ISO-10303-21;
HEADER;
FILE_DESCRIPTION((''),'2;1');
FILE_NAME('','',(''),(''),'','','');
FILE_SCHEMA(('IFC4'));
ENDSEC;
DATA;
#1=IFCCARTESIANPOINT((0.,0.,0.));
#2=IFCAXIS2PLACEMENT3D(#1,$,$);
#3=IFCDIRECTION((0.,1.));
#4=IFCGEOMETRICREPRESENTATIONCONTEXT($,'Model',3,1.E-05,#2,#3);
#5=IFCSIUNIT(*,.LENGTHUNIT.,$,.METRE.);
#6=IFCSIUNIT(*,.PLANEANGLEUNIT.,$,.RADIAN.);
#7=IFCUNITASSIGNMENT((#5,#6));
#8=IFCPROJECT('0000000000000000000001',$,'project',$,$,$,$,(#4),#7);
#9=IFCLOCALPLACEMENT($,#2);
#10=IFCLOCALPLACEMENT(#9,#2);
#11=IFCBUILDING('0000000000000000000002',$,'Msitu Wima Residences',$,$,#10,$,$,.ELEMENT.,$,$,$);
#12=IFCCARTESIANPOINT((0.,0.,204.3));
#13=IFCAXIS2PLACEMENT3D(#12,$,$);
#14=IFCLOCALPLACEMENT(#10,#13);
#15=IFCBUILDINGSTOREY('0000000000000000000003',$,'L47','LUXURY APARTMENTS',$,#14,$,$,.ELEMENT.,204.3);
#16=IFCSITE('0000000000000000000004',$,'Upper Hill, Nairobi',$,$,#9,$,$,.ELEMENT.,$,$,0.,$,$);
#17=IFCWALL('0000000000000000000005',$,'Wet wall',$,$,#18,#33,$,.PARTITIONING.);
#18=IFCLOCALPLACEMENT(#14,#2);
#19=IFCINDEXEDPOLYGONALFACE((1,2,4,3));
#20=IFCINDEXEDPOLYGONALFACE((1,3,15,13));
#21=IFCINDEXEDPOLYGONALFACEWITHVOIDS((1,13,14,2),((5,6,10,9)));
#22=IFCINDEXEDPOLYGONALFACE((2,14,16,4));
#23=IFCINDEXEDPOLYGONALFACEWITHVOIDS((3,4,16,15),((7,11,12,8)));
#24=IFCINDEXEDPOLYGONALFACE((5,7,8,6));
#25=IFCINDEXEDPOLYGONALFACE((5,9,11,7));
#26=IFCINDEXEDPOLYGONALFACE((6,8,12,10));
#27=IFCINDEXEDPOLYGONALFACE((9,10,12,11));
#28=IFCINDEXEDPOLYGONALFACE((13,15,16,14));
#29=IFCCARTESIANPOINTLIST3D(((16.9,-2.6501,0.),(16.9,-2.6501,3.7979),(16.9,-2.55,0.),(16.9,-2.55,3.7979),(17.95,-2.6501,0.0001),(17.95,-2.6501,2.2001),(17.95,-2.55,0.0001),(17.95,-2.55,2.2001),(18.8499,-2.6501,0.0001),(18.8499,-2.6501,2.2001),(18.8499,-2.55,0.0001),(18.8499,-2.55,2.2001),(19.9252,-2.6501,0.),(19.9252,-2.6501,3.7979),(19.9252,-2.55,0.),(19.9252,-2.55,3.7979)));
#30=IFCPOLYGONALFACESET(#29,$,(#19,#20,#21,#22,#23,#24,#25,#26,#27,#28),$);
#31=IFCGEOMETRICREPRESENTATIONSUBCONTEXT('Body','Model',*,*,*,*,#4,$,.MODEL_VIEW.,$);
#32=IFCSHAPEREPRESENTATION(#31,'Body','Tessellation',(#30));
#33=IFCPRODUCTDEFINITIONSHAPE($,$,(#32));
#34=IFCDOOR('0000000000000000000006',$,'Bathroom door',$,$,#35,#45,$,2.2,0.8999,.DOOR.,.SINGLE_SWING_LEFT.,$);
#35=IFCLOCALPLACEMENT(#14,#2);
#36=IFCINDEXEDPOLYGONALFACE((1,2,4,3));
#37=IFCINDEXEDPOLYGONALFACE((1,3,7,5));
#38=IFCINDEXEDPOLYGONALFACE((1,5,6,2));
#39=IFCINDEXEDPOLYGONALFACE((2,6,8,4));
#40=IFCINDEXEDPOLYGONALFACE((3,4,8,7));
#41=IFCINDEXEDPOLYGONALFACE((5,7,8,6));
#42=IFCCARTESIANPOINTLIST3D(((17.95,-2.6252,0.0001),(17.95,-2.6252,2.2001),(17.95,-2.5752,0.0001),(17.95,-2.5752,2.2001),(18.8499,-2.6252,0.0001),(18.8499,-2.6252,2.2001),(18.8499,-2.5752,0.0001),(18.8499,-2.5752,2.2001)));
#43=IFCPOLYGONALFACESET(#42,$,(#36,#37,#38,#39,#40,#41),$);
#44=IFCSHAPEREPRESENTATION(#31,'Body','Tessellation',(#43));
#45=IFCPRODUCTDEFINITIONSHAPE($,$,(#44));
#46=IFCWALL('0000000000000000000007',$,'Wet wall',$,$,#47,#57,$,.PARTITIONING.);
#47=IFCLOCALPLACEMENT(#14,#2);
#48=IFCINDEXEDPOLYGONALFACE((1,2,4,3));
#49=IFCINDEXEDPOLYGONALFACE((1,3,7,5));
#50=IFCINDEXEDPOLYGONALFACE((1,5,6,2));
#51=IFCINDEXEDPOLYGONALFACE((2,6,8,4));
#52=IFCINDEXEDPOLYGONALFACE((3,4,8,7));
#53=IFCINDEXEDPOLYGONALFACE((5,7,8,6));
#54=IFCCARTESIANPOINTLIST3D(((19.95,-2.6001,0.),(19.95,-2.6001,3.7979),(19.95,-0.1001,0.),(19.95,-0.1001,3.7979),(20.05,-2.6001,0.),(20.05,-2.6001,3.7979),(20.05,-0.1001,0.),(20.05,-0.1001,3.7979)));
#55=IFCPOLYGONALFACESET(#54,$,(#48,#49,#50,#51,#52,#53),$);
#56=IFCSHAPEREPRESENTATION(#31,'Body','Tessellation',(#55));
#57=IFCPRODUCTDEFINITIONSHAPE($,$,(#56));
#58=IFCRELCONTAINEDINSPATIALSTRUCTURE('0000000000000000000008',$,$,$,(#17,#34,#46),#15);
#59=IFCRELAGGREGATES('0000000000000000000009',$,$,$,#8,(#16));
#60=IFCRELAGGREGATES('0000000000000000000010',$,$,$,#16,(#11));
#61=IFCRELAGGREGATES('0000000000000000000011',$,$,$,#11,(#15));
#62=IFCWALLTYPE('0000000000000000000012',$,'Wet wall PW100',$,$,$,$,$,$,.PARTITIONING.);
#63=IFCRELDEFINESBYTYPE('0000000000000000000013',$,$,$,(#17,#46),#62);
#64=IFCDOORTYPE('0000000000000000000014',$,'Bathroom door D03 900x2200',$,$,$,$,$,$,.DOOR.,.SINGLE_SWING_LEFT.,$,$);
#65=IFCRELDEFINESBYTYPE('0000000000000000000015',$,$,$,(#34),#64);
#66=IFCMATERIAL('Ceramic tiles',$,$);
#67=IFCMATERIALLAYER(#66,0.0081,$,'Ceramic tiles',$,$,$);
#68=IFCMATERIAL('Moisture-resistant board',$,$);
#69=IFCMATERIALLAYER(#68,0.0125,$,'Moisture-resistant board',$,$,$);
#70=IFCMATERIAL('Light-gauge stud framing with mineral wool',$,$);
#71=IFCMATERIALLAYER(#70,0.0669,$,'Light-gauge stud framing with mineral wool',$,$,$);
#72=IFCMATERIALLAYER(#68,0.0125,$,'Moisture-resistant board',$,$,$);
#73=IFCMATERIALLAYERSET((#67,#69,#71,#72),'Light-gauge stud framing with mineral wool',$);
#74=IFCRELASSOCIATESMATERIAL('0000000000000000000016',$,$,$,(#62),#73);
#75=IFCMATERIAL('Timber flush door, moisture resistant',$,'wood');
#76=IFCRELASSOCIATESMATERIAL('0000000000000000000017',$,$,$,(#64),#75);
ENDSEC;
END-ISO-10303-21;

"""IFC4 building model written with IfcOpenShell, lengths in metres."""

from ifc_helpers import new_model, si_unit, direction, frame, frame_2d, origin, place, context, subcontext, project, spatial, rectangle, extrude, material, layer, layer_set, type_object, element, fill, save


model = new_model("IFC4")

# Units and contexts
model_context = context("Model", 3, precision=1e-05, world=origin(), true_north=direction((0.0, 1.0)))
body_context = subcontext(model_context, "Body", "Model", "MODEL_VIEW")
ifc_project = project(units=[si_unit("LENGTHUNIT", "METRE"), si_unit("PLANEANGLEUNIT", "RADIAN")], contexts=[model_context])

# Site, building, storey
site_placement = place(None, origin())
site = spatial("IfcSite", under=ifc_project, at=site_placement, Name="Upper Hill, Nairobi", CompositionType="ELEMENT", RefElevation=0.0)
building_placement = place(site_placement, origin())
building = spatial("IfcBuilding", under=site, at=building_placement, Name="Msitu Wima Residences", CompositionType="ELEMENT")
storey_placement = place(building_placement, frame((0.0, 0.0, 204.3)))
storey = spatial("IfcBuildingStorey", under=building, at=storey_placement, Name="L47", Description="LUXURY APARTMENTS", CompositionType="ELEMENT", Elevation=204.3)

# Wall, opening, door
ifc_material_1 = material(Name="Ceramic tiles")
ifc_layer_1 = layer(ifc_material_1, 0.0081, Name="Ceramic tiles")
ifc_material_2 = material(Name="Moisture-resistant board")
ifc_layer_2 = layer(ifc_material_2, 0.0125, Name="Moisture-resistant board")
ifc_material_3 = material(Name="Light-gauge stud framing with mineral wool")
ifc_layer_3 = layer(ifc_material_3, 0.0669, Name="Light-gauge stud framing with mineral wool")
ifc_layer_4 = layer(ifc_material_2, 0.0125, Name="Moisture-resistant board")
ifc_layer_set_1 = layer_set([ifc_layer_1, ifc_layer_2, ifc_layer_3, ifc_layer_4], Name="Light-gauge stud framing with mineral wool")
wall_type_1 = type_object("IfcWallType", Name="Wet wall PW100", PredefinedType="PARTITIONING", material=ifc_layer_set_1)
wall_1_placement = place(storey_placement, frame((16.8999, -2.6001, 0.0), z_axis=(0.0, 0.0, 1.0), x_axis=(1.0, 0.0, 0.0)))
wall_1 = element("IfcWall", 1, at=wall_1_placement, inside=storey, type_object=wall_type_1, Name="Wet wall", PredefinedType="PARTITIONING", context=body_context, shape_type="SweptSolid", body=[
    extrude(rectangle(XDim=3.0251, YDim=0.1001, at=frame_2d((1.5127, 0.0))), origin(), (0.0, 0.0, 1.0), 3.7979),
])
opening_1_placement = place(wall_1_placement, frame((1.05, 0.0, 0.0)))
opening_1 = element("IfcOpeningElement", 2, at=opening_1_placement, cuts=wall_1, PredefinedType="OPENING", context=body_context, shape_type="SweptSolid", body=[
    extrude(rectangle(XDim=0.8999, YDim=2.2, at=frame_2d((0.45, 1.1001))), frame((0.0, 0.0601, 0.0), z_axis=(0.0, -1.0, 0.0), x_axis=(1.0, 0.0, 0.0)), (0.0, 0.0, 1.0), 0.1201),
])
ifc_material_4 = material(Name="Timber flush door, moisture resistant", Category="wood")
door_type_1 = type_object("IfcDoorType", Name="Bathroom door D03 900x2200", OperationType="SINGLE_SWING_LEFT", PredefinedType="DOOR", material=ifc_material_4)
door_1_placement = place(opening_1_placement, origin())
door_1 = element("IfcDoor", 3, at=door_1_placement, inside=storey, type_object=door_type_1, Name="Bathroom door", OperationType="SINGLE_SWING_LEFT", OverallHeight=2.2, OverallWidth=0.8999, PredefinedType="DOOR", context=body_context, shape_type="SweptSolid", body=[
    extrude(rectangle(XDim=0.8999, YDim=2.2, at=frame_2d((0.45, 1.1001))), frame((0.0, 0.0249, 0.0), z_axis=(0.0, -1.0, 0.0), x_axis=(1.0, 0.0, 0.0)), (0.0, 0.0, 1.0), 0.05),
])
fill(opening_1, door_1)

# Wall
wall_2_placement = place(storey_placement, frame((20.0, -2.6001, 0.0), z_axis=(0.0, 0.0, 1.0), x_axis=(0.0, 1.0, 0.0)))
element("IfcWall", 4, at=wall_2_placement, inside=storey, type_object=wall_type_1, Name="Wet wall", PredefinedType="PARTITIONING", context=body_context, shape_type="SweptSolid", body=[
    extrude(rectangle(XDim=2.5, YDim=0.1001, at=frame_2d((1.25, 0.0))), origin(), (0.0, 0.0, 1.0), 3.7979),
])

save(model, "model.ifc")
